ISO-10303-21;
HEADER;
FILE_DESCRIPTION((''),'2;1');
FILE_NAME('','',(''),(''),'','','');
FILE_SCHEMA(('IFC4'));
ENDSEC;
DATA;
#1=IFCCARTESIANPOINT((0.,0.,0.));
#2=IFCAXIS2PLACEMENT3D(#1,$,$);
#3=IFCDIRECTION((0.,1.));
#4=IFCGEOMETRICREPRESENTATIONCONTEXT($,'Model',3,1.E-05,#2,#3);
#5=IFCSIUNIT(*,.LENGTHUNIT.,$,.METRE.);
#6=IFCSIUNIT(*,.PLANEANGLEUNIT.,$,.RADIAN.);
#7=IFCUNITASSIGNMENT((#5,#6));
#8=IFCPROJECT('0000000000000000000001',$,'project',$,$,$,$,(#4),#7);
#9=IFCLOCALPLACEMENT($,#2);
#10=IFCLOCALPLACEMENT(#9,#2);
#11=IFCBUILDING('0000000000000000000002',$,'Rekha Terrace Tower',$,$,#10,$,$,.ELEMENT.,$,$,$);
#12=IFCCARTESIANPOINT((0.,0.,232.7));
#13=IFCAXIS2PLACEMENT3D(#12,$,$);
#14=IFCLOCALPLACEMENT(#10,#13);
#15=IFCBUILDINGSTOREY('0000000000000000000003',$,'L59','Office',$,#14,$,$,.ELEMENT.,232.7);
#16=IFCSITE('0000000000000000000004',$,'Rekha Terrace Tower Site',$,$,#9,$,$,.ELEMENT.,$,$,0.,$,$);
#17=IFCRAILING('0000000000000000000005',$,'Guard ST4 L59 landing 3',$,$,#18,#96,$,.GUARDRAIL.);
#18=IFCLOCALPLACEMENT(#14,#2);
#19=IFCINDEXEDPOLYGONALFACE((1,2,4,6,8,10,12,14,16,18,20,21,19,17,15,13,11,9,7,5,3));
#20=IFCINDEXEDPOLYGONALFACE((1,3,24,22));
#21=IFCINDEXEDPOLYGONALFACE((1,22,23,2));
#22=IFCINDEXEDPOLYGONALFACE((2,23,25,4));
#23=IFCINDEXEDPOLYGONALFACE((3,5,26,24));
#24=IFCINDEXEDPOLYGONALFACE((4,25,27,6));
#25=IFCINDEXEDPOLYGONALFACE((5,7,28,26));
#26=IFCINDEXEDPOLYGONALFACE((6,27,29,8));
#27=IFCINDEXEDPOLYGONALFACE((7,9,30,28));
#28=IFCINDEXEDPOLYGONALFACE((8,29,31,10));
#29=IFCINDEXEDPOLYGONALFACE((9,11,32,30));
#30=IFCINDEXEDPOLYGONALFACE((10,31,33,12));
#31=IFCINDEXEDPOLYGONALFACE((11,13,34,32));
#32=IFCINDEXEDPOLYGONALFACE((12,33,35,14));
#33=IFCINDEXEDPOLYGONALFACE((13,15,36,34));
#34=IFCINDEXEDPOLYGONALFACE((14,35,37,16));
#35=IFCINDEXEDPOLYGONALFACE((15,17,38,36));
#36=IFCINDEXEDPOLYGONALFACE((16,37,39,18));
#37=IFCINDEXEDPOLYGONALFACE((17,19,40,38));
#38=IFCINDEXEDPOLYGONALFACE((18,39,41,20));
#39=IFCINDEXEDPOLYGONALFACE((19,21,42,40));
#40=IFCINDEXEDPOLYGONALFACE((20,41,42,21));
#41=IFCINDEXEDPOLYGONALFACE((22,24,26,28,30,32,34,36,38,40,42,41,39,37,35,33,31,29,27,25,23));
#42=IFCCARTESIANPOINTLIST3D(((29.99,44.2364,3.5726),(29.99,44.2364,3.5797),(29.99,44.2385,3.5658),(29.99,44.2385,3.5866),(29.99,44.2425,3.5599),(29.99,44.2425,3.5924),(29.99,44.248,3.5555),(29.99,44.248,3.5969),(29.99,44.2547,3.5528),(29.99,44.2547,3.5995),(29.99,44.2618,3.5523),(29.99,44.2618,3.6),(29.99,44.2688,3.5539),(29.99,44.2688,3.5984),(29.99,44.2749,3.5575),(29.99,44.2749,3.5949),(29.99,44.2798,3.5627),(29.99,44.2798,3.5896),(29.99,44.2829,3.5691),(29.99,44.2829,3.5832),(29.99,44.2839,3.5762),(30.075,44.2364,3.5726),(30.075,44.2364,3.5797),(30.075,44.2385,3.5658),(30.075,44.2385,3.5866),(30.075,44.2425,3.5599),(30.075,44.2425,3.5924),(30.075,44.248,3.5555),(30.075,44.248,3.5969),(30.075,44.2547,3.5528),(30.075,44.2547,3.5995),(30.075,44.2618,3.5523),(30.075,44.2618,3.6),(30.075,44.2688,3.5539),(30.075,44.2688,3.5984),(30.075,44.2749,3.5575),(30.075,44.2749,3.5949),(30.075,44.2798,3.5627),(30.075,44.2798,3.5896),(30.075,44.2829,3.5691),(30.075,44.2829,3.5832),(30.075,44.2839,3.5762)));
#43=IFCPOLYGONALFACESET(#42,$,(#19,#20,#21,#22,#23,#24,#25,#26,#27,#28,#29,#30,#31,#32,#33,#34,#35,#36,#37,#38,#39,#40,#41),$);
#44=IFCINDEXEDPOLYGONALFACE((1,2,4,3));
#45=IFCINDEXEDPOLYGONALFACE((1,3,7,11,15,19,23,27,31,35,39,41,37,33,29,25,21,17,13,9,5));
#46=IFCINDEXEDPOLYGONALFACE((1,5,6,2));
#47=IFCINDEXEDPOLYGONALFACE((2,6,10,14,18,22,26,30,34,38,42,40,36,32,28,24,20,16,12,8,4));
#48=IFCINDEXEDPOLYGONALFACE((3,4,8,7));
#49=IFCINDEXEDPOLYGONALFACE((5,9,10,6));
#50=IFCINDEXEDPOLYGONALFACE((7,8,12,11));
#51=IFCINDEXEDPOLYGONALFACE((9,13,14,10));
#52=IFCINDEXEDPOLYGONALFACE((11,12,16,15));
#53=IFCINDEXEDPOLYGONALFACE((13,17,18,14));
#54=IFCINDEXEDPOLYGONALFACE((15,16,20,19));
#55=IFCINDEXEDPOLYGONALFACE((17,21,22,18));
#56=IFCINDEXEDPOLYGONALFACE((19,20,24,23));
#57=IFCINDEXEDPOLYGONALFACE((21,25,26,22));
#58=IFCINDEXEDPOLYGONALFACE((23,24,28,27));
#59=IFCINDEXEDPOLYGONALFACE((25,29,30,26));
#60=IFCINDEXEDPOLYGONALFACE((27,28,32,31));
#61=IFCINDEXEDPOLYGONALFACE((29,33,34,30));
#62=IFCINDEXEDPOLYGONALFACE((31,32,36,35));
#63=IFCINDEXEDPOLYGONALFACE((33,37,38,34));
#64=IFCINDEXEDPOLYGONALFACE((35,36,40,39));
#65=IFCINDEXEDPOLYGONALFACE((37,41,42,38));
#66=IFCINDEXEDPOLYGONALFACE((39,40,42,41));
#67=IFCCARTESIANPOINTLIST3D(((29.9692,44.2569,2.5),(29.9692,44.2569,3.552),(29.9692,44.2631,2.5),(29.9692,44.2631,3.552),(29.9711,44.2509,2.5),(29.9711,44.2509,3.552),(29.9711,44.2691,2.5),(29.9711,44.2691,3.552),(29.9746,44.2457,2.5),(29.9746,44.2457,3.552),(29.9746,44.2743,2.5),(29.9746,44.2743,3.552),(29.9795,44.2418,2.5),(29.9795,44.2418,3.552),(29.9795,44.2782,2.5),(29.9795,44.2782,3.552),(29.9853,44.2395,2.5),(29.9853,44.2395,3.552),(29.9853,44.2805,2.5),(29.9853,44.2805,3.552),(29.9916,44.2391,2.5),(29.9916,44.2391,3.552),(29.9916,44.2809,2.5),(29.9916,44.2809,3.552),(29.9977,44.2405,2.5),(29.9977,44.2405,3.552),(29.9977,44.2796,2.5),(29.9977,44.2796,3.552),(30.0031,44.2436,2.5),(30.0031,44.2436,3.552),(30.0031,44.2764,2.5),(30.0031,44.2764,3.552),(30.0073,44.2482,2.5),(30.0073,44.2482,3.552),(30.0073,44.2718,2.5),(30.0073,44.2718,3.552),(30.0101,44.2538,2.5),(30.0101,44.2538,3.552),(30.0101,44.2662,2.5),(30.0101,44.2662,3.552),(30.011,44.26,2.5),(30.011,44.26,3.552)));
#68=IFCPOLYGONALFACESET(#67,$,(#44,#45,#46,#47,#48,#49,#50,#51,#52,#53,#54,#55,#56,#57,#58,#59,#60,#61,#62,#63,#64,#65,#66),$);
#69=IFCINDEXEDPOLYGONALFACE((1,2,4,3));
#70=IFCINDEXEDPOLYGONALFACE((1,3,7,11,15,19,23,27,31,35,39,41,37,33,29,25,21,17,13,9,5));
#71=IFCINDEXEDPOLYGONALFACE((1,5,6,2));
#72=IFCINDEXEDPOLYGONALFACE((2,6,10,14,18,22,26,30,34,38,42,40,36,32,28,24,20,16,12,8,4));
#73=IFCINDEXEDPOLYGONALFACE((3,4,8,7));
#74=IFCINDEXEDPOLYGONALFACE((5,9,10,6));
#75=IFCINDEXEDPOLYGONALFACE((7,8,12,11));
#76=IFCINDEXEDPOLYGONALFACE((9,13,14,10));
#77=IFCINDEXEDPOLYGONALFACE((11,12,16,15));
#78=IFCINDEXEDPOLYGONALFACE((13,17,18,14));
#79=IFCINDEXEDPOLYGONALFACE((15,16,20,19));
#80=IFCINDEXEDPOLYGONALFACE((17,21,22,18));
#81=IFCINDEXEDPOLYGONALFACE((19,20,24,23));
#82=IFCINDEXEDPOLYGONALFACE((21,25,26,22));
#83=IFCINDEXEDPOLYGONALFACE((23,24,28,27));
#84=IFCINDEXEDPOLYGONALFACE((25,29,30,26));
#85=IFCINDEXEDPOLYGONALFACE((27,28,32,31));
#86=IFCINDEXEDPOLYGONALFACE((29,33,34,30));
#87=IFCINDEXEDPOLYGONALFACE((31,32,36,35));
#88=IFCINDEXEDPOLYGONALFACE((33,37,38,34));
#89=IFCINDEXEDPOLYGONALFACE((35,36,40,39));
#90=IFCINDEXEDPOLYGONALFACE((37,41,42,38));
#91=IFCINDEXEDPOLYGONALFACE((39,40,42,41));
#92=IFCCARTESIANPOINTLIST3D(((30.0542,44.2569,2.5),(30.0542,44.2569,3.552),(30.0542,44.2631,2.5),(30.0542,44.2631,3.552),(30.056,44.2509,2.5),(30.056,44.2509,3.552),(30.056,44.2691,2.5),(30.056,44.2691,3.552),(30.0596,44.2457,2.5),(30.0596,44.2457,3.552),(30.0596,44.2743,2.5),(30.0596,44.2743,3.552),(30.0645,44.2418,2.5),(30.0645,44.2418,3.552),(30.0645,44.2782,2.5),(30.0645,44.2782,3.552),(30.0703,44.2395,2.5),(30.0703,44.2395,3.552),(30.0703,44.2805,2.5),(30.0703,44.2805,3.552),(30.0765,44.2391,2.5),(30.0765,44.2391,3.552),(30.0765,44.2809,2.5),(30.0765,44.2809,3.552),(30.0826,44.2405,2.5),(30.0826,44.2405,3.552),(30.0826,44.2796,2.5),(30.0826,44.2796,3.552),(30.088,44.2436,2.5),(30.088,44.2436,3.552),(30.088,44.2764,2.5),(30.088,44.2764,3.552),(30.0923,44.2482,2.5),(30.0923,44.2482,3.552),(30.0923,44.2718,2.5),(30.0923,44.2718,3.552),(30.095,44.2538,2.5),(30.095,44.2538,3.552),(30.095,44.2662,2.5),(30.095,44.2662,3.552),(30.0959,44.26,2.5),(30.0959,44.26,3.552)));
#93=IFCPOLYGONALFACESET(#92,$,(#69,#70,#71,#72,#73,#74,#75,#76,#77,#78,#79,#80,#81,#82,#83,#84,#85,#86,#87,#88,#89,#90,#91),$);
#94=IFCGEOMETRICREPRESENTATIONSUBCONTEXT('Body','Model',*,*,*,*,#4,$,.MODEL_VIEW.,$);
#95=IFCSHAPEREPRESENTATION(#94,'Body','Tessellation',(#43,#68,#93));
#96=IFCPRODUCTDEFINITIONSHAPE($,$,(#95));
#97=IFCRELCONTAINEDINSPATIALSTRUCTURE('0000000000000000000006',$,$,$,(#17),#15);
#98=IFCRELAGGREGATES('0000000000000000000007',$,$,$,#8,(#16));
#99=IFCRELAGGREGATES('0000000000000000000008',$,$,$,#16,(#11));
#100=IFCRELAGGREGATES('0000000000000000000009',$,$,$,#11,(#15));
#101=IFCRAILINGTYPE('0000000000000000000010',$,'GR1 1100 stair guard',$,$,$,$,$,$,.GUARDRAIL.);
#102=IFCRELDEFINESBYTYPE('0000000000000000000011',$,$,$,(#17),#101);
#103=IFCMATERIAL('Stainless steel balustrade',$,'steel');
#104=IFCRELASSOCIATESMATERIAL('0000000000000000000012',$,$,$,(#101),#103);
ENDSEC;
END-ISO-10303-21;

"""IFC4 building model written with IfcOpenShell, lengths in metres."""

from ifc_helpers import new_model, si_unit, direction, frame, origin, origin_2d, place, context, subcontext, project, spatial, circle, extrude, material, type_object, element, save


model = new_model("IFC4")

# Units and contexts
model_context = context("Model", 3, precision=1e-05, world=origin(), true_north=direction((0.0, 1.0)))
body_context = subcontext(model_context, "Body", "Model", "MODEL_VIEW")
ifc_project = project(units=[si_unit("LENGTHUNIT", "METRE"), si_unit("PLANEANGLEUNIT", "RADIAN")], contexts=[model_context])

# Site, building, storey
site_placement = place(None, origin())
site = spatial("IfcSite", under=ifc_project, at=site_placement, Name="Rekha Terrace Tower Site", CompositionType="ELEMENT", RefElevation=0.0)
building_placement = place(site_placement, origin())
building = spatial("IfcBuilding", under=site, at=building_placement, Name="Rekha Terrace Tower", CompositionType="ELEMENT")
storey_placement = place(building_placement, frame((0.0, 0.0, 232.7)))
storey = spatial("IfcBuildingStorey", under=building, at=storey_placement, Name="L59", Description="Office", CompositionType="ELEMENT", Elevation=232.7)

# Railing
ifc_material_1 = material(Name="Stainless steel balustrade", Category="steel")
railing_type_1 = type_object("IfcRailingType", Name="GR1 1100 stair guard", PredefinedType="GUARDRAIL", material=ifc_material_1)
railing_1_placement = place(storey_placement, frame((29.99, 44.26, 2.5)))
element("IfcRailing", 1, at=railing_1_placement, inside=storey, type_object=railing_type_1, Name="Guard ST4 L59 landing 3", PredefinedType="GUARDRAIL", context=body_context, shape_type="SweptSolid", body=[
    extrude(circle(Radius=0.0239, at=origin_2d()), frame((0.0, 0.0, 1.0762), z_axis=(1.0, 0.0, 0.0), x_axis=(0.0, 1.0, 0.0)), (0.0, 0.0, 1.0), 0.085),
    extrude(circle(Radius=0.021, at=origin_2d()), origin(), (0.0, 0.0, 1.0), 1.052),
    extrude(circle(Radius=0.021, at=origin_2d()), frame((0.085, 0.0, 0.0)), (0.0, 0.0, 1.0), 1.052),
])

save(model, "model.ifc")
